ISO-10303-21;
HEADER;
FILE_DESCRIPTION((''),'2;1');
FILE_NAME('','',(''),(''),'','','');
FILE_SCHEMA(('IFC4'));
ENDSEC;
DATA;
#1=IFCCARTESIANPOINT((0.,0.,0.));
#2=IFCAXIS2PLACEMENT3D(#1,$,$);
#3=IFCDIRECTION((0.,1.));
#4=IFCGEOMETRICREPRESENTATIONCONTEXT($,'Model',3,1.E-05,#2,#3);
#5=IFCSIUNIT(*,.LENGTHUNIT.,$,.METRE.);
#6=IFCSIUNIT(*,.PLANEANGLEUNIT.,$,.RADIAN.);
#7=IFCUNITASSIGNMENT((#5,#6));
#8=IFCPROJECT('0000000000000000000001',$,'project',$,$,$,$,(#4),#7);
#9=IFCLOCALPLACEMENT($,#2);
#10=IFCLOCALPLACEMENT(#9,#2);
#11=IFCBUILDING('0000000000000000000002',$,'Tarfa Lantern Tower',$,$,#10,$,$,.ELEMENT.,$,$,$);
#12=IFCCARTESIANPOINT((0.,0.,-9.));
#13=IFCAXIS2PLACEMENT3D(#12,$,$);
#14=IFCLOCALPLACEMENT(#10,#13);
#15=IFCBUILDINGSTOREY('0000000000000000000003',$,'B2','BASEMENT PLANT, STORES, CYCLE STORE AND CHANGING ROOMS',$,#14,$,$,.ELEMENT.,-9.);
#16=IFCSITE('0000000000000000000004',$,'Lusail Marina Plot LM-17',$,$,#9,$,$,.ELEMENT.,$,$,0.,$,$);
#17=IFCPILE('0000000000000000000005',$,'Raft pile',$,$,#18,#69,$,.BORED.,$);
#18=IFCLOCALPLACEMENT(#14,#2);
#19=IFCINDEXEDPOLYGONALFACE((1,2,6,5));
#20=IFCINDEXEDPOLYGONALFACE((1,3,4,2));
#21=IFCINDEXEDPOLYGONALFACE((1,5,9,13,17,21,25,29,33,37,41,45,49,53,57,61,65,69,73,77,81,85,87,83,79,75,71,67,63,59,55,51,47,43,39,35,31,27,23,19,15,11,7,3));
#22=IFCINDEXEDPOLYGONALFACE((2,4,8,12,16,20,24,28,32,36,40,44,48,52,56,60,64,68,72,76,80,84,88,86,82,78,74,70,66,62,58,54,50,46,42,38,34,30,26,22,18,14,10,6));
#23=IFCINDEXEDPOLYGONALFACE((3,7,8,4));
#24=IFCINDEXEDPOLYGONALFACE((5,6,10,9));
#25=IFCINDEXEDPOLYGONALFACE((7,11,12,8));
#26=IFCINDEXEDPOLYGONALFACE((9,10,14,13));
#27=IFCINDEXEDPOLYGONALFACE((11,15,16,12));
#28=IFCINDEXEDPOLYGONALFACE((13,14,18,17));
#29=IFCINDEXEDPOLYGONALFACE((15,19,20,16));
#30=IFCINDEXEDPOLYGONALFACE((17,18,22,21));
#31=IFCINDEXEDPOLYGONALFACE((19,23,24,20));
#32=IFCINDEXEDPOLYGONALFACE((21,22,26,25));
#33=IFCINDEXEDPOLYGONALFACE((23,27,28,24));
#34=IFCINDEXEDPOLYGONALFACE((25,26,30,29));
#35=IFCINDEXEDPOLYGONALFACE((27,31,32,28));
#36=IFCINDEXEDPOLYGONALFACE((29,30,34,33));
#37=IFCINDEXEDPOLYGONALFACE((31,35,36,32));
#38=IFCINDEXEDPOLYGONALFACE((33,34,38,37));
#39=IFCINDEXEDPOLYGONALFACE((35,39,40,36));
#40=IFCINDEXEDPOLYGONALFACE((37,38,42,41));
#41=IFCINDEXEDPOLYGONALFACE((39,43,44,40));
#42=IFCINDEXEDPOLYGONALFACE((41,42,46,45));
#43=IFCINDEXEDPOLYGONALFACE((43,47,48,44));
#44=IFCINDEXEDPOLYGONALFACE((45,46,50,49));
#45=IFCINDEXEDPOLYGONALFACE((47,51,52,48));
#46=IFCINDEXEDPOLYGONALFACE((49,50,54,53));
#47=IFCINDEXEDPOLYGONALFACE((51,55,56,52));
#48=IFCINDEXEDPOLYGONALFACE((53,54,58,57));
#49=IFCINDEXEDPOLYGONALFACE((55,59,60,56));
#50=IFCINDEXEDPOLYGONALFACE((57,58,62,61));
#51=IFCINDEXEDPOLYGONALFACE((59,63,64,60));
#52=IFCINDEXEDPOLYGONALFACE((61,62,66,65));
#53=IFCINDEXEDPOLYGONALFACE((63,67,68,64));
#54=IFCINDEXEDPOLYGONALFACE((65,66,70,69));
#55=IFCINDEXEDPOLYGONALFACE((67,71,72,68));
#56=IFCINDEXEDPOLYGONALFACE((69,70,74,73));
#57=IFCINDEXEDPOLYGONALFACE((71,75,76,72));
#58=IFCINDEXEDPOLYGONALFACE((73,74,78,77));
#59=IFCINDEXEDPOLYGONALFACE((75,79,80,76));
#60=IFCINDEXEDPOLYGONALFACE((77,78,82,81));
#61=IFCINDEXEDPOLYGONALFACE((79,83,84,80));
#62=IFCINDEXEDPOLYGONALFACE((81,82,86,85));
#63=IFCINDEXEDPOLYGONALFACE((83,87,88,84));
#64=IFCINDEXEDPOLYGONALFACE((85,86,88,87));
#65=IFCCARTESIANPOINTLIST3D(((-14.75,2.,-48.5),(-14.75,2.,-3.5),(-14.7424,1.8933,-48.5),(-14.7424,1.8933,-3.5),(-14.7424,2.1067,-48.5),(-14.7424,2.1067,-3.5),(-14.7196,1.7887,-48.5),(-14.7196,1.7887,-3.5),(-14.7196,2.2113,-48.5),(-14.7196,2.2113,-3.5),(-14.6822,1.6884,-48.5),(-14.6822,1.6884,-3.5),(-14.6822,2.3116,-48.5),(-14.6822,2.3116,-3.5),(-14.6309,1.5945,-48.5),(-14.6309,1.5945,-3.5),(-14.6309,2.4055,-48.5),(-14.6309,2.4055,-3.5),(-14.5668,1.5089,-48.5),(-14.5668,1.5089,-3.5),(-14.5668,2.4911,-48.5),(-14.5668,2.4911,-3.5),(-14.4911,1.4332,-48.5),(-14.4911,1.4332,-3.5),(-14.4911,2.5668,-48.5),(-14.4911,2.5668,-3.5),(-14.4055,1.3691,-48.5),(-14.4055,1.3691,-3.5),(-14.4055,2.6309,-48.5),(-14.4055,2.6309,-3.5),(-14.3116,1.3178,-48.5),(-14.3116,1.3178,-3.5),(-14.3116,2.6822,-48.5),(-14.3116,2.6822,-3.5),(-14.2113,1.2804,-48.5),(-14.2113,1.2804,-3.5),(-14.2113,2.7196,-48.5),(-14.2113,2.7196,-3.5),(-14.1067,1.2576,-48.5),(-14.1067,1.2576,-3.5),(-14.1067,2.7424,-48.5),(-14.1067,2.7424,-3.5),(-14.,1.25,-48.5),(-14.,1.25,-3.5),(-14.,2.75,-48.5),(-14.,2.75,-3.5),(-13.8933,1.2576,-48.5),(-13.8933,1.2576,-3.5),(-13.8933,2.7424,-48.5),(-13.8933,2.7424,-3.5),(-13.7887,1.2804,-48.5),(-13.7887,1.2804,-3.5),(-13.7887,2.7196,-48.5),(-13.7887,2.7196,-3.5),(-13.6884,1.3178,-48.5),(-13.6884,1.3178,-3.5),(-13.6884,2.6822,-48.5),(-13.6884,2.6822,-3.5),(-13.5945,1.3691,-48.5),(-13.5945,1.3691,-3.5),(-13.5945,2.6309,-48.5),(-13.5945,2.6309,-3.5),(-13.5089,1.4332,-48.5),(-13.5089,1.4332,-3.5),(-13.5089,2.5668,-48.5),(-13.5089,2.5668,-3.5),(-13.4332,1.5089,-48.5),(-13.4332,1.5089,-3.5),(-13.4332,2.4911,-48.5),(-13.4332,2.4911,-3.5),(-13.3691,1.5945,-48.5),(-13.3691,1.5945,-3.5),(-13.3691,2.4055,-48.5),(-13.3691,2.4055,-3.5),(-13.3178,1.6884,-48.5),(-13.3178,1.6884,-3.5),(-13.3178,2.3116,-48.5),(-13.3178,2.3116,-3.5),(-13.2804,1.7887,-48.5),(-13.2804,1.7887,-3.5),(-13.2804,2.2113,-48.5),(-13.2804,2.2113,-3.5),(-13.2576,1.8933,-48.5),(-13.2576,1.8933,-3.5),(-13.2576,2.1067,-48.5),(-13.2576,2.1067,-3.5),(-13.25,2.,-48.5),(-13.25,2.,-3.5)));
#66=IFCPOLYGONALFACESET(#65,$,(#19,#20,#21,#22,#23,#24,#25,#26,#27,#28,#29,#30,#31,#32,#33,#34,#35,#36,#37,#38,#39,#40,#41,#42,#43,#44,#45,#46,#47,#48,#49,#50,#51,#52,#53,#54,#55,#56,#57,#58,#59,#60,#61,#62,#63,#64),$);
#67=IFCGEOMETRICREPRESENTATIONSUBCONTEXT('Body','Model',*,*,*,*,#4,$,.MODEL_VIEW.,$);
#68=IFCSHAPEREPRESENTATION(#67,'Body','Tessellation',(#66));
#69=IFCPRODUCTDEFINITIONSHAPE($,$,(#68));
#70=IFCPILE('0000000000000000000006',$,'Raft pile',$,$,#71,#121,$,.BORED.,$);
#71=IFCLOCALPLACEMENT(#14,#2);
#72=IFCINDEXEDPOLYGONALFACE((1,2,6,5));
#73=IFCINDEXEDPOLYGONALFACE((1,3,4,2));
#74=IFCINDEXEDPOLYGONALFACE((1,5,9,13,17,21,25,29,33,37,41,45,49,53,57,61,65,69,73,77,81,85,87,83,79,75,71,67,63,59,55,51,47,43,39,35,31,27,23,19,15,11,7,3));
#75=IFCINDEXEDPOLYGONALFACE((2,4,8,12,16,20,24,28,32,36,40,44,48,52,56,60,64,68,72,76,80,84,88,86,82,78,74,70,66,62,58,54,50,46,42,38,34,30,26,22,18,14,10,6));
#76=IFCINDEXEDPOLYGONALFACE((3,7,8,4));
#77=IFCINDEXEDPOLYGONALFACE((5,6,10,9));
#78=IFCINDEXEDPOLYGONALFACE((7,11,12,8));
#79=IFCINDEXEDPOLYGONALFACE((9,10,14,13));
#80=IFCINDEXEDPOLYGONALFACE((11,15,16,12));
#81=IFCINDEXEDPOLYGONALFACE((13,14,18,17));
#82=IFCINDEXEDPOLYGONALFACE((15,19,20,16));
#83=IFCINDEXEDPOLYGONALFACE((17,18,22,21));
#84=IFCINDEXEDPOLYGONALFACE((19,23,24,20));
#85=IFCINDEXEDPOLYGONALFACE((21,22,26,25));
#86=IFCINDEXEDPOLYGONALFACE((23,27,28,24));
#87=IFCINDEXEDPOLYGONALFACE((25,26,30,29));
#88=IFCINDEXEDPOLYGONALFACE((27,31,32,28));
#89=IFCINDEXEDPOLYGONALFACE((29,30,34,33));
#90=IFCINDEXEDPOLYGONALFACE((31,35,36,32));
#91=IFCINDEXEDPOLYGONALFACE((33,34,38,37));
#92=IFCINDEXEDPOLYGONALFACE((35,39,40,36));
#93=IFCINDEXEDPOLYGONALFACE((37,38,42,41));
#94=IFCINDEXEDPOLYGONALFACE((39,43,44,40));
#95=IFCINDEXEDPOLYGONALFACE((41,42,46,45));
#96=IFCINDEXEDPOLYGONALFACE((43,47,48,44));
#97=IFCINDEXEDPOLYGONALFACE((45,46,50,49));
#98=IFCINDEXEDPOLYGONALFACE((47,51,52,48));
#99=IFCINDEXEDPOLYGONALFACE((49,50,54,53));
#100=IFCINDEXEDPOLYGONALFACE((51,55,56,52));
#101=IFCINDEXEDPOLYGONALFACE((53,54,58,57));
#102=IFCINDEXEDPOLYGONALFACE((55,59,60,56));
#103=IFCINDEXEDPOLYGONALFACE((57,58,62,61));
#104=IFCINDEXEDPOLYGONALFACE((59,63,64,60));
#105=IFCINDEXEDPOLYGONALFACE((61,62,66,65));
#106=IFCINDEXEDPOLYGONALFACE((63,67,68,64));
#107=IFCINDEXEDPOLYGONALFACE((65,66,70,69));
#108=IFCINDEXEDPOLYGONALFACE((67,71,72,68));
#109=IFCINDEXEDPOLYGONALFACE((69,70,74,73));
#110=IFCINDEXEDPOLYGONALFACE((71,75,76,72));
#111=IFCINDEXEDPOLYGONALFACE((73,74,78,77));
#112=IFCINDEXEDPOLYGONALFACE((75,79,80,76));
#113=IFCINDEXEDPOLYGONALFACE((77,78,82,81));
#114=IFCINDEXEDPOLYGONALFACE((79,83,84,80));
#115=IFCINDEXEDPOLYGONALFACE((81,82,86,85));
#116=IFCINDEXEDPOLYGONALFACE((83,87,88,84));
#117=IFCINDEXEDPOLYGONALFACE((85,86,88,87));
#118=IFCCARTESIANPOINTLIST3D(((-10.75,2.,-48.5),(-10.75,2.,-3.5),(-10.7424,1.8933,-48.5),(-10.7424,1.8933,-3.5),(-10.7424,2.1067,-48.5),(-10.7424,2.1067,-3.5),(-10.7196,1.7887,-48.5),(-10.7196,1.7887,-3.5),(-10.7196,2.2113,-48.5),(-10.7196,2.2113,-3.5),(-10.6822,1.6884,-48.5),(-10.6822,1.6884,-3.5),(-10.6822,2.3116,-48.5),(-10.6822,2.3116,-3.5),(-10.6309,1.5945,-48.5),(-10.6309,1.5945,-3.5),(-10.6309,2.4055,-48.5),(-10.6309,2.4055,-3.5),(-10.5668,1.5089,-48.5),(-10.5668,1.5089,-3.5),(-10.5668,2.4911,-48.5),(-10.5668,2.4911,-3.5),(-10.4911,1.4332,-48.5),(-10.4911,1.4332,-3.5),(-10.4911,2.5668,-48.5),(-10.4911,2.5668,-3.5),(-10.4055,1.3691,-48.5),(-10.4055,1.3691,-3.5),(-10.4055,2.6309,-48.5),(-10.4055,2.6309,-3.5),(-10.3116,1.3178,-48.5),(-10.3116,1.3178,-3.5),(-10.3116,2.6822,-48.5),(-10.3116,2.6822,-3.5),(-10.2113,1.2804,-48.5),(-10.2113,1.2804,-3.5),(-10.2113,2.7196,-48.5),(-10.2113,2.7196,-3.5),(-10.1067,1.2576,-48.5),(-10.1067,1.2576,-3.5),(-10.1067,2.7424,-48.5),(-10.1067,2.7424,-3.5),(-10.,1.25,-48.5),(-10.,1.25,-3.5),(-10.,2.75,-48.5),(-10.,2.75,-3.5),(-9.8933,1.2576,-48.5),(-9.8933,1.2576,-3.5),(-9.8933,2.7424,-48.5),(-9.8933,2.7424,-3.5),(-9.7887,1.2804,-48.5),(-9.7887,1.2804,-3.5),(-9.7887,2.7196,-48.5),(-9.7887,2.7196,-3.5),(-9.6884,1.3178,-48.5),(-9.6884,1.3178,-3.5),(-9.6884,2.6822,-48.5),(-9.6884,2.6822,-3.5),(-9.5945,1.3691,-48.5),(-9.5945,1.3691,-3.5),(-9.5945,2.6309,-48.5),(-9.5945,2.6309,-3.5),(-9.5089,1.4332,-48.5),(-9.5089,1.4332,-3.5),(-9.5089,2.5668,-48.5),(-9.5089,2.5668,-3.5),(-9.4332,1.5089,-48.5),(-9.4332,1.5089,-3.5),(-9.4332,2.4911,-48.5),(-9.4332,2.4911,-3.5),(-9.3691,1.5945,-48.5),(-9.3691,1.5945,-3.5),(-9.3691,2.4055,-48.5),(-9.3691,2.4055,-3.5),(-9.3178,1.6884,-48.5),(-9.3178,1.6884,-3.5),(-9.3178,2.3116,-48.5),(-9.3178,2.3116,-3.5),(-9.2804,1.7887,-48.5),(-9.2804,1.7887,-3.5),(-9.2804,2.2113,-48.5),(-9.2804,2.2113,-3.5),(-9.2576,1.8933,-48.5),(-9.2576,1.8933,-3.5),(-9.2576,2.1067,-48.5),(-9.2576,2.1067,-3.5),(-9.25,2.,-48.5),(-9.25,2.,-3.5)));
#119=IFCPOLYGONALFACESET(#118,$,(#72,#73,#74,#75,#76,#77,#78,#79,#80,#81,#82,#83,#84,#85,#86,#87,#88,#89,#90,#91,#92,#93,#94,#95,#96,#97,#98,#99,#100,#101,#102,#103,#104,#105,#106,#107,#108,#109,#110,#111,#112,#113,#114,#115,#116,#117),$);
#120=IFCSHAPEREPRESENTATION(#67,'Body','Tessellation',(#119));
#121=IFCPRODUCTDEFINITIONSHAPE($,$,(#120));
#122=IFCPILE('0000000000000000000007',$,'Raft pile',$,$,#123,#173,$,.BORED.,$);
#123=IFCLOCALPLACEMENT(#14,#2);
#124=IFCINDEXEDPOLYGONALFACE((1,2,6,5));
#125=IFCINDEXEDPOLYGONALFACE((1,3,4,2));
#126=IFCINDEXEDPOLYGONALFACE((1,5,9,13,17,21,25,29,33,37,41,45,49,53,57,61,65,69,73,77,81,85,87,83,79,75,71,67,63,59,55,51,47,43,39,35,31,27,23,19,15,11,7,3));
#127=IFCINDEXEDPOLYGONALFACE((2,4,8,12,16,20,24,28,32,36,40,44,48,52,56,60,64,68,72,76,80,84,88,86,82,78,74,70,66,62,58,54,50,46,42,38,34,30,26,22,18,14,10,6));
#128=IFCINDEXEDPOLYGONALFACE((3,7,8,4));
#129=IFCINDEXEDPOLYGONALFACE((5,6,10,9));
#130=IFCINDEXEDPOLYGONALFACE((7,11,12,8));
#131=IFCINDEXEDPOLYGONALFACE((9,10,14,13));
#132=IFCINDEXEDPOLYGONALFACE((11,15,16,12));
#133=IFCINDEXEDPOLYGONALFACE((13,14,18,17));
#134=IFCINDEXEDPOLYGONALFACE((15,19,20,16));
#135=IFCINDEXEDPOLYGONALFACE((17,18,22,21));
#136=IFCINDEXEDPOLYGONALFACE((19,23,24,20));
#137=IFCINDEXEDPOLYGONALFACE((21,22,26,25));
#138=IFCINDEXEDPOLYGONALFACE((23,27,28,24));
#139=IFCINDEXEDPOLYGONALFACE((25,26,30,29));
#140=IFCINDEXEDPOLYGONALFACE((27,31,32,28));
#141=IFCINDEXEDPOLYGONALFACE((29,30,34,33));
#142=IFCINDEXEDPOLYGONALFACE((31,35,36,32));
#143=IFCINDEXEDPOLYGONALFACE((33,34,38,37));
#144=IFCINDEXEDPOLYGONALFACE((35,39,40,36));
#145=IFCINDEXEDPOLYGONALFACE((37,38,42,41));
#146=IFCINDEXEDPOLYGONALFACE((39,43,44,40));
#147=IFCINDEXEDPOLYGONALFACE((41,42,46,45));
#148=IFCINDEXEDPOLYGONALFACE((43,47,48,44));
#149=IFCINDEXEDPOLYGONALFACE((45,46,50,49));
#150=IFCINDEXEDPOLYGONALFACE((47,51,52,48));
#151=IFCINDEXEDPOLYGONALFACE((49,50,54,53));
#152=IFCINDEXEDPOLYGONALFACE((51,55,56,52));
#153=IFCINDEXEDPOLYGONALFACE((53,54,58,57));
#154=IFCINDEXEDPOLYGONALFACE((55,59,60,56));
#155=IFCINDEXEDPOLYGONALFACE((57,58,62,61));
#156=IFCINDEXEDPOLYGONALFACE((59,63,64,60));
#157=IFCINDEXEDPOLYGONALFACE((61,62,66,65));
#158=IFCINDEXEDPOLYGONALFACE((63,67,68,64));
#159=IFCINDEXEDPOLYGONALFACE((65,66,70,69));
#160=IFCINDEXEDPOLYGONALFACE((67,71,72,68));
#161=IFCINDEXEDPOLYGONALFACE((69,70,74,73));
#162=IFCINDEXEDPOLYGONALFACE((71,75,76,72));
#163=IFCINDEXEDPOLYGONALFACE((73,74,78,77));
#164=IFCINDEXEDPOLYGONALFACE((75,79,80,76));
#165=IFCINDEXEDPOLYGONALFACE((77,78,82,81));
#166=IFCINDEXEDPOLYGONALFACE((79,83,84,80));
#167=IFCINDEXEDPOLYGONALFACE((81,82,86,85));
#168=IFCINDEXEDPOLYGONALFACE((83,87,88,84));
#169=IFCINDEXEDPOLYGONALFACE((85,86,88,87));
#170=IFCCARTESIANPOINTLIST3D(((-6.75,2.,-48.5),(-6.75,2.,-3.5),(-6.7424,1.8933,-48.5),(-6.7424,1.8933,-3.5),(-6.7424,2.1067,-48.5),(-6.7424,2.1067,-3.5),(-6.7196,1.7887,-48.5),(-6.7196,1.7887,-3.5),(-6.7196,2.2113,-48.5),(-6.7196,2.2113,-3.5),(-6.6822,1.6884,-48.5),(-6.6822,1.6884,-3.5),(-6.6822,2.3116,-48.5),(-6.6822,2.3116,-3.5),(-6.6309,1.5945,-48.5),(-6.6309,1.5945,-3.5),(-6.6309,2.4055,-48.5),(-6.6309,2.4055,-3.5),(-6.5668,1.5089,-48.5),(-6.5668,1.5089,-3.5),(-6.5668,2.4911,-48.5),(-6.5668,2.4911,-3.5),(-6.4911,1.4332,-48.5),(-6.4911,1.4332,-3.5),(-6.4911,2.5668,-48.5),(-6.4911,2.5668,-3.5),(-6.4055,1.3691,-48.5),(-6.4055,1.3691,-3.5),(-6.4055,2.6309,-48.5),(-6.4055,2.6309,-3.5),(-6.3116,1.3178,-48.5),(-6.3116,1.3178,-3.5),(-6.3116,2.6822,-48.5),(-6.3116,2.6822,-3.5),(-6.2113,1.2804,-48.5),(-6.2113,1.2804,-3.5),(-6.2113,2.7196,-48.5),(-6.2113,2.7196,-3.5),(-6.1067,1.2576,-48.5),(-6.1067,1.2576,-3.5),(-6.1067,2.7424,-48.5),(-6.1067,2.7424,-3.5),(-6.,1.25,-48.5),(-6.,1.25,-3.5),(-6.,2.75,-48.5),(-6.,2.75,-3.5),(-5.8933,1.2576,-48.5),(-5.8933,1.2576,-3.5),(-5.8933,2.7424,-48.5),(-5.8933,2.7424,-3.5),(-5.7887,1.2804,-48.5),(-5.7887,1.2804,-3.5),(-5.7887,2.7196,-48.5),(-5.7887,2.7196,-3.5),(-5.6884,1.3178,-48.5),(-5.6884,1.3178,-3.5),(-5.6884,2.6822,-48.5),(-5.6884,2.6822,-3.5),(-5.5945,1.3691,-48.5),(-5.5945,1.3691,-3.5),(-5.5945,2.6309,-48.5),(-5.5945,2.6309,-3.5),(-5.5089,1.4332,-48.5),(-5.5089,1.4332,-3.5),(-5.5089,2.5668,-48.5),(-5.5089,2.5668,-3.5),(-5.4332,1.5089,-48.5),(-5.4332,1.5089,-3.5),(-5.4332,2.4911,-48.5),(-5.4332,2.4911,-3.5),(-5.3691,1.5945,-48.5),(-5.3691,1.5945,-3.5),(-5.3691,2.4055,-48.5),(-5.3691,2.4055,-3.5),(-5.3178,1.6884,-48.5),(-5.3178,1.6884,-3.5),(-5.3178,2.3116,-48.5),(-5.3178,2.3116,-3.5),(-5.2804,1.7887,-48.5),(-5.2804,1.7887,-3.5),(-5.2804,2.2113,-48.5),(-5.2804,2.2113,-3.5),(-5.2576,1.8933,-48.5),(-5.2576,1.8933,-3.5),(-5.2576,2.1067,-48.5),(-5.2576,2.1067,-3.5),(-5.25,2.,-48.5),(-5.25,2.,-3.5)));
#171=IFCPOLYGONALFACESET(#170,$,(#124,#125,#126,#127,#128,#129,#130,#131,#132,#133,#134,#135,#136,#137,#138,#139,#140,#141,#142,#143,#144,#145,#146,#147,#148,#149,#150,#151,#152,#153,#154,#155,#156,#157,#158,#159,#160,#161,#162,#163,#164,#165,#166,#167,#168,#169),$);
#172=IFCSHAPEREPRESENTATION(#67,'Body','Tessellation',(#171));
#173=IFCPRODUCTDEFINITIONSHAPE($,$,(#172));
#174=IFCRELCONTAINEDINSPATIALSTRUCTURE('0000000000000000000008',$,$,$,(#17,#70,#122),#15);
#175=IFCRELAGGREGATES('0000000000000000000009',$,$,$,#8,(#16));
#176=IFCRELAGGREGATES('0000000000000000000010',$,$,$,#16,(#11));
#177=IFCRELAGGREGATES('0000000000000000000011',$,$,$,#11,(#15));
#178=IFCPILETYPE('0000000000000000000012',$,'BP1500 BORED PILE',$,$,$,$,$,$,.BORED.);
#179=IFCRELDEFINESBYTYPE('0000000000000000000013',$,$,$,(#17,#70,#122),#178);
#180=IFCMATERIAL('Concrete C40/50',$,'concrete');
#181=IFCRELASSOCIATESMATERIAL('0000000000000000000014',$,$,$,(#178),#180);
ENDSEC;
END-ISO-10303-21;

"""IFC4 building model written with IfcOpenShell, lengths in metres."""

from ifc_helpers import new_model, si_unit, direction, frame, origin, origin_2d, place, context, subcontext, project, spatial, circle, extrude, material, material_profile, profile_set, type_object, element, save


model = new_model("IFC4")

# Units and contexts
model_context = context("Model", 3, precision=1e-05, world=origin(), true_north=direction((0.0, 1.0)))
body_context = subcontext(model_context, "Body", "Model", "MODEL_VIEW")
ifc_project = project(units=[si_unit("LENGTHUNIT", "METRE"), si_unit("PLANEANGLEUNIT", "RADIAN")], contexts=[model_context])

# Site, building, storey
site_placement = place(None, origin())
site = spatial("IfcSite", under=ifc_project, at=site_placement, Name="Lusail Marina Plot LM-17", CompositionType="ELEMENT", RefElevation=0.0)
building_placement = place(site_placement, origin())
building = spatial("IfcBuilding", under=site, at=building_placement, Name="Tarfa Lantern Tower", CompositionType="ELEMENT")
storey_placement = place(building_placement, frame((0.0, 0.0, -9.0)))
storey = spatial("IfcBuildingStorey", under=building, at=storey_placement, Name="B2", Description="BASEMENT PLANT, STORES, CYCLE STORE AND CHANGING ROOMS", CompositionType="ELEMENT", Elevation=-9.0)

# Piles
ifc_material_1 = material(Name="Concrete C40/50", Category="concrete")
ifc_material_profile = material_profile(ifc_material_1, circle(Radius=0.75, at=origin_2d()), Name="BORED PILE D1500")
ifc_profile_set = profile_set([ifc_material_profile], Name="Concrete C40/50")
pile_type = type_object("IfcPileType", Name="BP1500 BORED PILE", PredefinedType="BORED", material=ifc_profile_set)
for number, where, z_axis, x_axis, name in (
    (1, (-14.0, 2.0, -3.5), (0.0, 0.0, -1.0), (1.0, 0.0, 0.0), "Raft pile"),
    (2, (-10.0, 2.0, -3.5), (0.0, 0.0, -1.0), (1.0, 0.0, 0.0), "Raft pile"),
    (3, (-6.0, 2.0, -3.5), (0.0, 0.0, -1.0), (1.0, 0.0, 0.0), "Raft pile"),
):
    element("IfcPile", number, at=place(storey_placement, frame(where, z_axis=z_axis, x_axis=x_axis)), inside=storey, type_object=pile_type, Name=name, PredefinedType="BORED", context=body_context, shape_type="SweptSolid", body=[
        extrude(circle(Radius=0.75, at=origin_2d()), origin(), (0.0, 0.0, 1.0), 45.0),
    ])

save(model, "model.ifc")
